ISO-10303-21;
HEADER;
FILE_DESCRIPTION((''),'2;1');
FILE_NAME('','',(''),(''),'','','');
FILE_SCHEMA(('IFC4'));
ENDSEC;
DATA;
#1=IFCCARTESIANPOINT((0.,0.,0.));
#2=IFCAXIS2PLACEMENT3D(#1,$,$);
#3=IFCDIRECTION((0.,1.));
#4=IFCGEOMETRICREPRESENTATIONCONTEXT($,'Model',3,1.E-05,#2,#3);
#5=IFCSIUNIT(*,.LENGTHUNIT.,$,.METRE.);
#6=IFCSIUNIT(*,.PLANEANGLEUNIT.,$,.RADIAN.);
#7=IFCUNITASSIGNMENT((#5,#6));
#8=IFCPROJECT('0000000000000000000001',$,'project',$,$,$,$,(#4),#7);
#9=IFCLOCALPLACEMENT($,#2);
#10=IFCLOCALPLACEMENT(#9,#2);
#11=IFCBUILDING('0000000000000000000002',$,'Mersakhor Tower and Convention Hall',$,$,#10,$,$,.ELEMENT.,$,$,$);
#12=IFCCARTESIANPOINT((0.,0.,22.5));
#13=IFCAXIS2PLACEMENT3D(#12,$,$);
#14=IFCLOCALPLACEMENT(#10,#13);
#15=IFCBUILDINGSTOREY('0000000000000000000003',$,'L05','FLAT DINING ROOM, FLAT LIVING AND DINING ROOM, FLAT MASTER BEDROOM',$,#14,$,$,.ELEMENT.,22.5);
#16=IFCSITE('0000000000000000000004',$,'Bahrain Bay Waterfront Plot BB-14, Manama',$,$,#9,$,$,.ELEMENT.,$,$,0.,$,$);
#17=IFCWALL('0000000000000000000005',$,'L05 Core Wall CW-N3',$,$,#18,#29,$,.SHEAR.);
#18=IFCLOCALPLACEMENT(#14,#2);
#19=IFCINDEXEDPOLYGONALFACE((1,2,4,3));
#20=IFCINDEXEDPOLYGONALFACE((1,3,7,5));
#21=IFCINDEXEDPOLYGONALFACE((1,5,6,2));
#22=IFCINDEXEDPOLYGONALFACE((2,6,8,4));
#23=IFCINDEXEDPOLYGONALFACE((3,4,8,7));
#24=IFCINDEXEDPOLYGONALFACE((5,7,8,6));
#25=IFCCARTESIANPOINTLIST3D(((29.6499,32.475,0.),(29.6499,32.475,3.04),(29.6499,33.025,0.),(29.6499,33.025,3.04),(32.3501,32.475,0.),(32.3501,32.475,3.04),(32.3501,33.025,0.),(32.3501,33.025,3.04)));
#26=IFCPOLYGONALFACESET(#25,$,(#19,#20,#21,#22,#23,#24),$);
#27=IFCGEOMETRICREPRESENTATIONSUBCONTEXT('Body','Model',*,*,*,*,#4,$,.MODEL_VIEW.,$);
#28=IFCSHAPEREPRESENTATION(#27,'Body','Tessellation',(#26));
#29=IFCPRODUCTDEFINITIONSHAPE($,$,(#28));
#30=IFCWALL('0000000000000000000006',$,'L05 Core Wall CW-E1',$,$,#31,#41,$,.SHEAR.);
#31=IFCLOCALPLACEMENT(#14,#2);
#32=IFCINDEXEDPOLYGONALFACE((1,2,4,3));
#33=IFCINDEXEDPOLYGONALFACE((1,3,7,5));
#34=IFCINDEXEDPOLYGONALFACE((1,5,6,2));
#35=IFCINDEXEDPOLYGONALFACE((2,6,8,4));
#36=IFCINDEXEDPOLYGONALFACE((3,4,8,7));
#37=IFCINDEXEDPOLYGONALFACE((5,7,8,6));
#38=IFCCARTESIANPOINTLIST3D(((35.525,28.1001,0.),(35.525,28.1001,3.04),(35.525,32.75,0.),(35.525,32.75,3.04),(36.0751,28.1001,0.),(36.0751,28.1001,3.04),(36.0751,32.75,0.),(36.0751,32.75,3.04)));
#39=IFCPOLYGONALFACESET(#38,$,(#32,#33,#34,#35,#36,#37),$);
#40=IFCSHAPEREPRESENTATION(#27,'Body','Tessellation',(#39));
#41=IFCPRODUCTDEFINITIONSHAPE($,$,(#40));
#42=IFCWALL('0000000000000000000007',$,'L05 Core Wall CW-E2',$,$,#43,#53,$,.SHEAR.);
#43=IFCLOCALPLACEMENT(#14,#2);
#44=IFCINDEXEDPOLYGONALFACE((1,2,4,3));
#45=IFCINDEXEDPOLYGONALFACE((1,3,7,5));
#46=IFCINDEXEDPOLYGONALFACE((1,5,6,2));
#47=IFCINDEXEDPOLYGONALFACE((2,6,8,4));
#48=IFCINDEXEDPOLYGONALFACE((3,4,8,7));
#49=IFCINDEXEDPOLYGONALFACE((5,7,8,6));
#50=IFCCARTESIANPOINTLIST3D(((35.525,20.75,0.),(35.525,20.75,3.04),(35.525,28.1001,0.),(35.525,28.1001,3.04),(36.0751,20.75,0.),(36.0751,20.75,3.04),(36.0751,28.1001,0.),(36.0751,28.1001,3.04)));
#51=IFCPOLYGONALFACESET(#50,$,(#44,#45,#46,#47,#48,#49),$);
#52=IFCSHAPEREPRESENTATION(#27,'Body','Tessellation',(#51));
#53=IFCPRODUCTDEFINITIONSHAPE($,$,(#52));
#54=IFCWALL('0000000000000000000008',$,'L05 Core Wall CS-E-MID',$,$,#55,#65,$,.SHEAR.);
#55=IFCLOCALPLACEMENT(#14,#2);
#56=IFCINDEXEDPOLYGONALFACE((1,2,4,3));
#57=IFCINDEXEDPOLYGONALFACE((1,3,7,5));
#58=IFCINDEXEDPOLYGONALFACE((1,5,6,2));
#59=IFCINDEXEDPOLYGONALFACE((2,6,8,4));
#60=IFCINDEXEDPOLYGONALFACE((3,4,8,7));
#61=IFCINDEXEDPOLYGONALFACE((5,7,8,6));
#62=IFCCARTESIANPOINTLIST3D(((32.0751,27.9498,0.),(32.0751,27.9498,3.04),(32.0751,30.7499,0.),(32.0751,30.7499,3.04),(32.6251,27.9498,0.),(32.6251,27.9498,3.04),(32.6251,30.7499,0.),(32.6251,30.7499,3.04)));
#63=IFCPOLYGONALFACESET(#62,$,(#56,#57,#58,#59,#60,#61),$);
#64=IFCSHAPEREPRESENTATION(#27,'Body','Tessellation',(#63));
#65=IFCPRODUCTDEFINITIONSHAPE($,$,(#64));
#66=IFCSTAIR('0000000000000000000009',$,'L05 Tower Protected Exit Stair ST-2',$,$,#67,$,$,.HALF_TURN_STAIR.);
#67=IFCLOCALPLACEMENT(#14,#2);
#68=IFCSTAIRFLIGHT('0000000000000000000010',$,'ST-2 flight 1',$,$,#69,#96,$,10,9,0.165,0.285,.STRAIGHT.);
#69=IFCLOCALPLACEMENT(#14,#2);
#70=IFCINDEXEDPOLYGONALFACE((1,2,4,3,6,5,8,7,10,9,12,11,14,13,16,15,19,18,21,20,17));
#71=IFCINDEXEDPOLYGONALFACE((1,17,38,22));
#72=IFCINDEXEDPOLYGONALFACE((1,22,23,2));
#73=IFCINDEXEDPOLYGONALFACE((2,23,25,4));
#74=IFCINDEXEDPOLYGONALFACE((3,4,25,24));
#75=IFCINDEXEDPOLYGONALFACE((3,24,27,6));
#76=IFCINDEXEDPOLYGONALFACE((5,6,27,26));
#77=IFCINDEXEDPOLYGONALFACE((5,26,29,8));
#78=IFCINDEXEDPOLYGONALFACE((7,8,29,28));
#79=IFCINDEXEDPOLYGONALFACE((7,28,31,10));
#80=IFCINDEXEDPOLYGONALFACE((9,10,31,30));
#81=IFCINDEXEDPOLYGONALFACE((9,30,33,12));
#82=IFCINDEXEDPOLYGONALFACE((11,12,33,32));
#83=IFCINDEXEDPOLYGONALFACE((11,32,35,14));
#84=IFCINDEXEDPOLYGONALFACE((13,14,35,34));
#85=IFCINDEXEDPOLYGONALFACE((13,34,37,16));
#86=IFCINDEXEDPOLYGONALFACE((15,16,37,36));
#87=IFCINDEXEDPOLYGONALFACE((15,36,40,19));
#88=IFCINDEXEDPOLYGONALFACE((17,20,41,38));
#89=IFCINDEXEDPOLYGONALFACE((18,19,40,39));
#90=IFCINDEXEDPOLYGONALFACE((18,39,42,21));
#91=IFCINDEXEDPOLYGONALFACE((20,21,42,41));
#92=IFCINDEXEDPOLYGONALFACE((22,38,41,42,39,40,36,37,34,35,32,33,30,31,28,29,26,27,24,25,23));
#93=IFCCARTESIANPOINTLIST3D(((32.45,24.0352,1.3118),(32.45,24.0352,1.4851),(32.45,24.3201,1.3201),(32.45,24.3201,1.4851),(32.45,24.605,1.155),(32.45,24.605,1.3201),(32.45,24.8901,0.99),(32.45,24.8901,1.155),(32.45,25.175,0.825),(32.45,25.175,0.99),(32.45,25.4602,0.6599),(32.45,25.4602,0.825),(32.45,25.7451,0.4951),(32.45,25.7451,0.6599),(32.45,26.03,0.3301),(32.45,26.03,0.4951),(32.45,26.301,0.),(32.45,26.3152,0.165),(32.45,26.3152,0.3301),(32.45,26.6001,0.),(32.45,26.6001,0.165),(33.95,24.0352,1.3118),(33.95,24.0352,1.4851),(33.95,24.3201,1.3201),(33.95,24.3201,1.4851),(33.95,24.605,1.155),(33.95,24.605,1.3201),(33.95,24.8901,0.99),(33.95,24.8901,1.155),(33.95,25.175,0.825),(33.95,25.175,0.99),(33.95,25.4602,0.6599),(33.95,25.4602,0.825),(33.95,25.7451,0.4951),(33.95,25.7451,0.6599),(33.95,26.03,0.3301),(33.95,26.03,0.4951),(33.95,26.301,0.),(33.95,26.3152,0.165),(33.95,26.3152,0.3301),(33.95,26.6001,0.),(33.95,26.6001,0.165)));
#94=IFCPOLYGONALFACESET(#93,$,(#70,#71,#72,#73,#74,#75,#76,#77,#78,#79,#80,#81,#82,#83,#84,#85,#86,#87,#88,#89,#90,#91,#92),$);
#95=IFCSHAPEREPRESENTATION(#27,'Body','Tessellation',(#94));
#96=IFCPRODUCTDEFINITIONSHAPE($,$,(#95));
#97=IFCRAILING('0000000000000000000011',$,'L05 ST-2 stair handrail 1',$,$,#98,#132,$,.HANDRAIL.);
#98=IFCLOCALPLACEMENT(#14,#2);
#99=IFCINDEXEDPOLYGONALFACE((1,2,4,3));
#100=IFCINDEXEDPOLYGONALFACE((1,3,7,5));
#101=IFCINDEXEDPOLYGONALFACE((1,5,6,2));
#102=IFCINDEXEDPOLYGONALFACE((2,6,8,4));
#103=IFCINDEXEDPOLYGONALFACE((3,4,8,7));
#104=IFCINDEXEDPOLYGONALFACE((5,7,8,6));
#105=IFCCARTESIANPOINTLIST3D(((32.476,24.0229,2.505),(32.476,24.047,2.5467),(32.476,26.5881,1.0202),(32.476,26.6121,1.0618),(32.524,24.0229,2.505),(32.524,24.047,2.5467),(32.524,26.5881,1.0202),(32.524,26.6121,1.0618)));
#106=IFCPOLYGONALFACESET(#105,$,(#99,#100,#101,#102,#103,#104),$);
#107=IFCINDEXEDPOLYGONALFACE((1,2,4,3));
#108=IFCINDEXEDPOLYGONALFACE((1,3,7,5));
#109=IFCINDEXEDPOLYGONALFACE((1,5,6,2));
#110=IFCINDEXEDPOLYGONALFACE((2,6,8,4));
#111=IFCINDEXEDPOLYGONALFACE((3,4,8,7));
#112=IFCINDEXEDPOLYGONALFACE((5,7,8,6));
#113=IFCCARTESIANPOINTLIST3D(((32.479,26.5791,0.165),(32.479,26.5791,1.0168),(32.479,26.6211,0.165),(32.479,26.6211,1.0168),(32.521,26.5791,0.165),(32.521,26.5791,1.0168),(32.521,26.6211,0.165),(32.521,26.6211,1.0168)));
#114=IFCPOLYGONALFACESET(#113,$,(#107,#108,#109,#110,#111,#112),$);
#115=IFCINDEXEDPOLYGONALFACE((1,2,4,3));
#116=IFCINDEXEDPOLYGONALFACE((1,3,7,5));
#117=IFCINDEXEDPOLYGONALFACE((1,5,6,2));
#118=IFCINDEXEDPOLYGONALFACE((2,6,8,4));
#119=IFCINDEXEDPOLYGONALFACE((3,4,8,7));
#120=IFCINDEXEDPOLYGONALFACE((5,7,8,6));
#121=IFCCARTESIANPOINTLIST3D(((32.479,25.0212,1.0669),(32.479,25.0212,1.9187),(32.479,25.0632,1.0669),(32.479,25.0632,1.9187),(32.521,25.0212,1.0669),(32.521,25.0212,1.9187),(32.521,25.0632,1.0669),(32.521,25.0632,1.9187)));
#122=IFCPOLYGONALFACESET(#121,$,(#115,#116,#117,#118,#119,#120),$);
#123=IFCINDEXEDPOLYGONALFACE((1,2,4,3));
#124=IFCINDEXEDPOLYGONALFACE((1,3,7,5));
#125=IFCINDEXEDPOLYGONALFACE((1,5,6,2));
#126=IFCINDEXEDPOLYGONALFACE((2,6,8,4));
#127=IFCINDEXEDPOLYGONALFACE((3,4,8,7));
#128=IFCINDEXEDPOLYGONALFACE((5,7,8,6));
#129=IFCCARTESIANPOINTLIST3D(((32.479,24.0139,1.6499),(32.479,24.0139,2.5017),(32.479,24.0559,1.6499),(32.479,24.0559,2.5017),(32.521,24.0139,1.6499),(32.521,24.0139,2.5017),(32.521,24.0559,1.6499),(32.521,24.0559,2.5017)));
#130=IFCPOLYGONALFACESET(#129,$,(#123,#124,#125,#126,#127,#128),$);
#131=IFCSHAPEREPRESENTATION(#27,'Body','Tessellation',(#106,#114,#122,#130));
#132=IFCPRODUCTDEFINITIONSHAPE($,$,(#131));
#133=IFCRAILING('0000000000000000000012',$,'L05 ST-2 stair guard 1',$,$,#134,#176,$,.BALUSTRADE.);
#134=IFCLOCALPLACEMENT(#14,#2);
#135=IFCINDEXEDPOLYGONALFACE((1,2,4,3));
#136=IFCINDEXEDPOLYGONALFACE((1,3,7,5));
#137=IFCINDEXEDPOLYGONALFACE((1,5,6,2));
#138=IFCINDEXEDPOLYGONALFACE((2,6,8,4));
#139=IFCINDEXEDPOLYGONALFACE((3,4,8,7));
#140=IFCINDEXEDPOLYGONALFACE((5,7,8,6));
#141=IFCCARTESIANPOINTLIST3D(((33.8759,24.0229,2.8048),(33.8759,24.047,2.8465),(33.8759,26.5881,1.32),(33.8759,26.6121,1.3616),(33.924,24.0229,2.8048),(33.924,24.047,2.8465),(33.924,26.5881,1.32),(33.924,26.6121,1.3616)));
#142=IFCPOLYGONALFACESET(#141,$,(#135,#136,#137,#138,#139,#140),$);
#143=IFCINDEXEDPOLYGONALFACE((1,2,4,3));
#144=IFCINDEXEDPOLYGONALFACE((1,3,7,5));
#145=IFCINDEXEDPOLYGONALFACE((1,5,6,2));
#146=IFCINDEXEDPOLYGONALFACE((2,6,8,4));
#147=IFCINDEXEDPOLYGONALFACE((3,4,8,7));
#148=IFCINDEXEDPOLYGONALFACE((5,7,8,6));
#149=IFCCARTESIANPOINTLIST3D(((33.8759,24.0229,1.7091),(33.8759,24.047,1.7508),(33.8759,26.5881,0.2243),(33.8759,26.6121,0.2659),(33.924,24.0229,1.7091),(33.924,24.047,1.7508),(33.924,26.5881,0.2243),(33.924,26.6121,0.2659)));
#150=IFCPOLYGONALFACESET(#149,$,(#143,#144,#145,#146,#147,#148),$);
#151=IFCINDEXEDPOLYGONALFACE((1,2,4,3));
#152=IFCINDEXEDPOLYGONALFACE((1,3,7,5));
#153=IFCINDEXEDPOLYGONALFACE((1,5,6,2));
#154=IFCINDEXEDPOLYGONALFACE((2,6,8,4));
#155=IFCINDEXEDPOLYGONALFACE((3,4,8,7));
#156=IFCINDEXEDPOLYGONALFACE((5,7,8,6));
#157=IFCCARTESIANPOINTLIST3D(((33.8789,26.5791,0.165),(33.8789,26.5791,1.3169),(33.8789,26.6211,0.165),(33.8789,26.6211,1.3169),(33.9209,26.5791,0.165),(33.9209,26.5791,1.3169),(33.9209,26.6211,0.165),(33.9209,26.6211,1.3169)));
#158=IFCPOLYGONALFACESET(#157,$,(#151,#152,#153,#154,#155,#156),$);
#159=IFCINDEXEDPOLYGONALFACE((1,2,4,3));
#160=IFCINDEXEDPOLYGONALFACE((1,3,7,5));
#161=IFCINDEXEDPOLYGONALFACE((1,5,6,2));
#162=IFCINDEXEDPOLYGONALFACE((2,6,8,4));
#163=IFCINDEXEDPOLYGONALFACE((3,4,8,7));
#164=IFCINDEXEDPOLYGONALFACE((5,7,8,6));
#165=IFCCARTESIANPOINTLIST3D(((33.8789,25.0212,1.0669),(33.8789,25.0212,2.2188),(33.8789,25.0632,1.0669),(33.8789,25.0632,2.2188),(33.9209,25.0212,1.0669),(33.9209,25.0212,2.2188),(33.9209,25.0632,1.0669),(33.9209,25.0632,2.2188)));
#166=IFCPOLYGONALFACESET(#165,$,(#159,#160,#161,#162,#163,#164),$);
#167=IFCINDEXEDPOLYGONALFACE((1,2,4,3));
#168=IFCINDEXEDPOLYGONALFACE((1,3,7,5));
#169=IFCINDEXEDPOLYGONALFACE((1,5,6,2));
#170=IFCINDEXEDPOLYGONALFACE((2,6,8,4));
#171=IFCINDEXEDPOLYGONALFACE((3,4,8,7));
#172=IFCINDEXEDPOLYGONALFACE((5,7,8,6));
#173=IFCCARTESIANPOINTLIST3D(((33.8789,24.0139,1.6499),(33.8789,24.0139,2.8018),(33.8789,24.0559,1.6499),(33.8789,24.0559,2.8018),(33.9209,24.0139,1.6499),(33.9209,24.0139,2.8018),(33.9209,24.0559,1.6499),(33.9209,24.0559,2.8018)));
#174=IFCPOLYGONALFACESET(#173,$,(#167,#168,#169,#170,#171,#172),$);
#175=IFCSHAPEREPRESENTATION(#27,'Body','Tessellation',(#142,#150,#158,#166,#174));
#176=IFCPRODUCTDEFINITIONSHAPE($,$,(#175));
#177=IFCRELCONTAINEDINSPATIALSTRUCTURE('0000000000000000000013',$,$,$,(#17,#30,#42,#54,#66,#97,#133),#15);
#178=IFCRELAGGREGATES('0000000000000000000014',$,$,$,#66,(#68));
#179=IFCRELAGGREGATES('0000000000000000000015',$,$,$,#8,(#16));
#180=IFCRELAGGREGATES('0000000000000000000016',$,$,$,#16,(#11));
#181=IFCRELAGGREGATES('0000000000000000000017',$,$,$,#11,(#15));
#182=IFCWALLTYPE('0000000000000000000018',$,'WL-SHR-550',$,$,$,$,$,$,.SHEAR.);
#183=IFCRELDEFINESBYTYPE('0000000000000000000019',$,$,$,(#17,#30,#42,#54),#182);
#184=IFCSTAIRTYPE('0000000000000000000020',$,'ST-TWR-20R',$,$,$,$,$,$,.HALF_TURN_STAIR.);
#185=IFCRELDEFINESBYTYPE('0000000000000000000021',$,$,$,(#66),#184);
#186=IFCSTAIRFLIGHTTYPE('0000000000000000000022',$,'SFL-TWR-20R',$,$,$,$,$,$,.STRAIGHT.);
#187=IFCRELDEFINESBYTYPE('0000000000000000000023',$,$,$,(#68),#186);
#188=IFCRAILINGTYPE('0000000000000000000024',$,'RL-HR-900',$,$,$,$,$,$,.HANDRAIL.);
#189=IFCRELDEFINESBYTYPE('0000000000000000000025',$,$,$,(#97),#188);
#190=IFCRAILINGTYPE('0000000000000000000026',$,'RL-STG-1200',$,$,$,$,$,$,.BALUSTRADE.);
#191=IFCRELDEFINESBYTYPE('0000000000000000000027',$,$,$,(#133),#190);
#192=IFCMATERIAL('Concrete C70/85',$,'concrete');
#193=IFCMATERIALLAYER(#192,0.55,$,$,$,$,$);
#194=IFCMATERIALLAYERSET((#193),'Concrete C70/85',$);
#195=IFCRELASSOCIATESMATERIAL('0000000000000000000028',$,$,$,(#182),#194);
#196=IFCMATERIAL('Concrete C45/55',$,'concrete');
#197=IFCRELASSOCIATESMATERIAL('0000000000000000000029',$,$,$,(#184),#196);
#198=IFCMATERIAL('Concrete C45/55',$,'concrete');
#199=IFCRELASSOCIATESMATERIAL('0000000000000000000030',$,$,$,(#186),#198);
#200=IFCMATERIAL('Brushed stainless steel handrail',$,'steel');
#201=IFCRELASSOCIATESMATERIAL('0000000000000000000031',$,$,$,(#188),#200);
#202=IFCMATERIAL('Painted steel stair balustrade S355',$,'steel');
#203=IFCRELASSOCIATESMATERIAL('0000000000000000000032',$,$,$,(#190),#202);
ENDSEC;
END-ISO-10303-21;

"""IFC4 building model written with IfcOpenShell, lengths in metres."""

from ifc_helpers import new_model, si_unit, direction, frame, frame_2d, origin, origin_2d, place, context, subcontext, project, spatial, polyline, rectangle, outline, extrude, material, layer, layer_set, type_object, element, aggregate, save


model = new_model("IFC4")

# Units and contexts
model_context = context("Model", 3, precision=1e-05, world=origin(), true_north=direction((0.0, 1.0)))
body_context = subcontext(model_context, "Body", "Model", "MODEL_VIEW")
ifc_project = project(units=[si_unit("LENGTHUNIT", "METRE"), si_unit("PLANEANGLEUNIT", "RADIAN")], contexts=[model_context])

# Site, building, storey
site_placement = place(None, origin())
site = spatial("IfcSite", under=ifc_project, at=site_placement, Name="Bahrain Bay Waterfront Plot BB-14, Manama", CompositionType="ELEMENT", RefElevation=0.0)
building_placement = place(site_placement, origin())
building = spatial("IfcBuilding", under=site, at=building_placement, Name="Mersakhor Tower and Convention Hall", CompositionType="ELEMENT")
storey_placement = place(building_placement, frame((0.0, 0.0, 22.5)))
storey = spatial("IfcBuildingStorey", under=building, at=storey_placement, Name="L05", Description="FLAT DINING ROOM, FLAT LIVING AND DINING ROOM, FLAT MASTER BEDROOM", CompositionType="ELEMENT", Elevation=22.5)

# Wall
ifc_material_1 = material(Name="Concrete C70/85", Category="concrete")
ifc_layer_1 = layer(ifc_material_1, 0.55)
ifc_layer_set_1 = layer_set([ifc_layer_1], Name="Concrete C70/85")
wall_type_1 = type_object("IfcWallType", Name="WL-SHR-550", PredefinedType="SHEAR", material=ifc_layer_set_1)
wall_1_placement = place(storey_placement, frame((29.6499, 32.75, 0.0), z_axis=(0.0, 0.0, 1.0), x_axis=(1.0, 0.0, 0.0)))
element("IfcWall", 1, at=wall_1_placement, inside=storey, type_object=wall_type_1, Name="L05 Core Wall CW-N3", PredefinedType="SHEAR", context=body_context, shape_type="SweptSolid", body=[
    extrude(rectangle(XDim=2.7002, YDim=0.55, at=frame_2d((1.3501, 0.0))), origin(), (0.0, 0.0, 1.0), 3.04),
])

# Walls
wall_2_placement = place(storey_placement, frame((35.8, 32.75, 0.0), z_axis=(0.0, 0.0, 1.0), x_axis=(0.0, -1.0, 0.0)))
element("IfcWall", 2, at=wall_2_placement, inside=storey, type_object=wall_type_1, Name="L05 Core Wall CW-E1", PredefinedType="SHEAR", context=body_context, shape_type="SweptSolid", body=[
    extrude(rectangle(XDim=4.6499, YDim=0.55, at=frame_2d((2.325, 0.0))), origin(), (0.0, 0.0, 1.0), 3.04),
])
wall_3_placement = place(storey_placement, frame((35.8, 28.1001, 0.0), z_axis=(0.0, 0.0, 1.0), x_axis=(0.0, -1.0, 0.0)))
element("IfcWall", 3, at=wall_3_placement, inside=storey, type_object=wall_type_1, Name="L05 Core Wall CW-E2", PredefinedType="SHEAR", context=body_context, shape_type="SweptSolid", body=[
    extrude(rectangle(XDim=7.3501, YDim=0.55, at=frame_2d((3.675, 0.0))), origin(), (0.0, 0.0, 1.0), 3.04),
])
wall_4_placement = place(storey_placement, frame((32.3501, 27.95, 0.0), z_axis=(0.0, 0.0, 1.0), x_axis=(0.0, 1.0, 0.0)))
element("IfcWall", 4, at=wall_4_placement, inside=storey, type_object=wall_type_1, Name="L05 Core Wall CS-E-MID", PredefinedType="SHEAR", context=body_context, shape_type="SweptSolid", body=[
    extrude(rectangle(XDim=2.8, YDim=0.55, at=frame_2d((1.3999, 0.0))), origin(), (0.0, 0.0, 1.0), 3.04),
])

# Stair, stair flight
ifc_material_2 = material(Name="Concrete C45/55", Category="concrete")
stair_type = type_object("IfcStairType", Name="ST-TWR-20R", PredefinedType="HALF_TURN_STAIR", material=ifc_material_2)
stair_placement = place(storey_placement, origin())
stair = element("IfcStair", 5, at=stair_placement, inside=storey, type_object=stair_type, Name="L05 Tower Protected Exit Stair ST-2", PredefinedType="HALF_TURN_STAIR")
ifc_material_3 = material(Name="Concrete C45/55", Category="concrete")
stair_flight_type = type_object("IfcStairFlightType", Name="SFL-TWR-20R", PredefinedType="STRAIGHT", material=ifc_material_3)
stair_flight_placement = place(storey_placement, frame((33.2, 26.6001, 0.0), z_axis=(0.0, 0.0, 1.0), x_axis=(0.0, -1.0, 0.0)))
stair_flight = element("IfcStairFlight", 6, at=stair_flight_placement, type_object=stair_flight_type, Name="ST-2 flight 1", NumberOfRisers=10, NumberOfTreads=9, PredefinedType="STRAIGHT", RiserHeight=0.165, TreadLength=0.285, context=body_context, shape_type="SweptSolid", body=[
    extrude(outline(polyline([(0.0, 0.0), (0.0, 0.165), (0.2849, 0.165), (0.2849, 0.3301), (0.5701, 0.3301), (0.5701, 0.4951), (0.855, 0.4951), (0.855, 0.6599), (1.1399, 0.6599), (1.1399, 0.825), (1.425, 0.825), (1.425, 0.99), (1.71, 0.99), (1.71, 1.155), (1.9951, 1.155), (1.9951, 1.3201), (2.28, 1.3201), (2.28, 1.4851), (2.5649, 1.4851), (2.5649, 1.6499), (2.5649, 1.3118), (0.2991, 0.0), (0.0, 0.0)])), frame((0.0, 0.75, 0.0), z_axis=(0.0, -1.0, 0.0), x_axis=(1.0, 0.0, 0.0)), (0.0, 0.0, 1.0), 1.5),
])
aggregate(stair, [stair_flight])

# Railings
ifc_material_4 = material(Name="Brushed stainless steel handrail", Category="steel")
railing_type_1 = type_object("IfcRailingType", Name="RL-HR-900", PredefinedType="HANDRAIL", material=ifc_material_4)
railing_1_placement = place(storey_placement, frame((32.5, 26.6001, 0.165)))
element("IfcRailing", 7, at=railing_1_placement, inside=storey, type_object=railing_type_1, Name="L05 ST-2 stair handrail 1", PredefinedType="HANDRAIL", context=body_context, shape_type="SweptSolid", body=[
    extrude(rectangle(XDim=0.0481, YDim=0.0481, at=origin_2d()), frame((0.0, 0.0, 0.876), z_axis=(0.0, -0.865462, 0.500975), x_axis=(1.0, 0.0, 0.0)), (0.0, 0.0, 1.0), 2.9639),
    extrude(rectangle(XDim=0.042, YDim=0.042, at=origin_2d()), origin(), (0.0, 0.0, 1.0), 0.8518),
    extrude(rectangle(XDim=0.042, YDim=0.042, at=origin_2d()), frame((0.0, -1.5579, 0.9019)), (0.0, 0.0, 1.0), 0.8518),
    extrude(rectangle(XDim=0.042, YDim=0.042, at=origin_2d()), frame((0.0, -2.5652, 1.4849)), (0.0, 0.0, 1.0), 0.8518),
])
ifc_material_5 = material(Name="Painted steel stair balustrade S355", Category="steel")
railing_type_2 = type_object("IfcRailingType", Name="RL-STG-1200", PredefinedType="BALUSTRADE", material=ifc_material_5)
railing_2_placement = place(storey_placement, frame((33.8999, 26.6001, 0.165)))
element("IfcRailing", 8, at=railing_2_placement, inside=storey, type_object=railing_type_2, Name="L05 ST-2 stair guard 1", PredefinedType="BALUSTRADE", context=body_context, shape_type="SweptSolid", body=[
    extrude(rectangle(XDim=0.0481, YDim=0.0481, at=origin_2d()), frame((0.0, 0.0, 1.1758), z_axis=(0.0, -0.865462, 0.500975), x_axis=(1.0, 0.0, 0.0)), (0.0, 0.0, 1.0), 2.9639),
    extrude(rectangle(XDim=0.0481, YDim=0.0481, at=origin_2d()), frame((0.0, 0.0, 0.0801), z_axis=(0.0, -0.865462, 0.500975), x_axis=(1.0, 0.0, 0.0)), (0.0, 0.0, 1.0), 2.9639),
    extrude(rectangle(XDim=0.042, YDim=0.042, at=origin_2d()), origin(), (0.0, 0.0, 1.0), 1.1519),
    extrude(rectangle(XDim=0.042, YDim=0.042, at=origin_2d()), frame((0.0, -1.5579, 0.9019)), (0.0, 0.0, 1.0), 1.1519),
    extrude(rectangle(XDim=0.042, YDim=0.042, at=origin_2d()), frame((0.0, -2.5652, 1.4849)), (0.0, 0.0, 1.0), 1.1519),
])

save(model, "model.ifc")
